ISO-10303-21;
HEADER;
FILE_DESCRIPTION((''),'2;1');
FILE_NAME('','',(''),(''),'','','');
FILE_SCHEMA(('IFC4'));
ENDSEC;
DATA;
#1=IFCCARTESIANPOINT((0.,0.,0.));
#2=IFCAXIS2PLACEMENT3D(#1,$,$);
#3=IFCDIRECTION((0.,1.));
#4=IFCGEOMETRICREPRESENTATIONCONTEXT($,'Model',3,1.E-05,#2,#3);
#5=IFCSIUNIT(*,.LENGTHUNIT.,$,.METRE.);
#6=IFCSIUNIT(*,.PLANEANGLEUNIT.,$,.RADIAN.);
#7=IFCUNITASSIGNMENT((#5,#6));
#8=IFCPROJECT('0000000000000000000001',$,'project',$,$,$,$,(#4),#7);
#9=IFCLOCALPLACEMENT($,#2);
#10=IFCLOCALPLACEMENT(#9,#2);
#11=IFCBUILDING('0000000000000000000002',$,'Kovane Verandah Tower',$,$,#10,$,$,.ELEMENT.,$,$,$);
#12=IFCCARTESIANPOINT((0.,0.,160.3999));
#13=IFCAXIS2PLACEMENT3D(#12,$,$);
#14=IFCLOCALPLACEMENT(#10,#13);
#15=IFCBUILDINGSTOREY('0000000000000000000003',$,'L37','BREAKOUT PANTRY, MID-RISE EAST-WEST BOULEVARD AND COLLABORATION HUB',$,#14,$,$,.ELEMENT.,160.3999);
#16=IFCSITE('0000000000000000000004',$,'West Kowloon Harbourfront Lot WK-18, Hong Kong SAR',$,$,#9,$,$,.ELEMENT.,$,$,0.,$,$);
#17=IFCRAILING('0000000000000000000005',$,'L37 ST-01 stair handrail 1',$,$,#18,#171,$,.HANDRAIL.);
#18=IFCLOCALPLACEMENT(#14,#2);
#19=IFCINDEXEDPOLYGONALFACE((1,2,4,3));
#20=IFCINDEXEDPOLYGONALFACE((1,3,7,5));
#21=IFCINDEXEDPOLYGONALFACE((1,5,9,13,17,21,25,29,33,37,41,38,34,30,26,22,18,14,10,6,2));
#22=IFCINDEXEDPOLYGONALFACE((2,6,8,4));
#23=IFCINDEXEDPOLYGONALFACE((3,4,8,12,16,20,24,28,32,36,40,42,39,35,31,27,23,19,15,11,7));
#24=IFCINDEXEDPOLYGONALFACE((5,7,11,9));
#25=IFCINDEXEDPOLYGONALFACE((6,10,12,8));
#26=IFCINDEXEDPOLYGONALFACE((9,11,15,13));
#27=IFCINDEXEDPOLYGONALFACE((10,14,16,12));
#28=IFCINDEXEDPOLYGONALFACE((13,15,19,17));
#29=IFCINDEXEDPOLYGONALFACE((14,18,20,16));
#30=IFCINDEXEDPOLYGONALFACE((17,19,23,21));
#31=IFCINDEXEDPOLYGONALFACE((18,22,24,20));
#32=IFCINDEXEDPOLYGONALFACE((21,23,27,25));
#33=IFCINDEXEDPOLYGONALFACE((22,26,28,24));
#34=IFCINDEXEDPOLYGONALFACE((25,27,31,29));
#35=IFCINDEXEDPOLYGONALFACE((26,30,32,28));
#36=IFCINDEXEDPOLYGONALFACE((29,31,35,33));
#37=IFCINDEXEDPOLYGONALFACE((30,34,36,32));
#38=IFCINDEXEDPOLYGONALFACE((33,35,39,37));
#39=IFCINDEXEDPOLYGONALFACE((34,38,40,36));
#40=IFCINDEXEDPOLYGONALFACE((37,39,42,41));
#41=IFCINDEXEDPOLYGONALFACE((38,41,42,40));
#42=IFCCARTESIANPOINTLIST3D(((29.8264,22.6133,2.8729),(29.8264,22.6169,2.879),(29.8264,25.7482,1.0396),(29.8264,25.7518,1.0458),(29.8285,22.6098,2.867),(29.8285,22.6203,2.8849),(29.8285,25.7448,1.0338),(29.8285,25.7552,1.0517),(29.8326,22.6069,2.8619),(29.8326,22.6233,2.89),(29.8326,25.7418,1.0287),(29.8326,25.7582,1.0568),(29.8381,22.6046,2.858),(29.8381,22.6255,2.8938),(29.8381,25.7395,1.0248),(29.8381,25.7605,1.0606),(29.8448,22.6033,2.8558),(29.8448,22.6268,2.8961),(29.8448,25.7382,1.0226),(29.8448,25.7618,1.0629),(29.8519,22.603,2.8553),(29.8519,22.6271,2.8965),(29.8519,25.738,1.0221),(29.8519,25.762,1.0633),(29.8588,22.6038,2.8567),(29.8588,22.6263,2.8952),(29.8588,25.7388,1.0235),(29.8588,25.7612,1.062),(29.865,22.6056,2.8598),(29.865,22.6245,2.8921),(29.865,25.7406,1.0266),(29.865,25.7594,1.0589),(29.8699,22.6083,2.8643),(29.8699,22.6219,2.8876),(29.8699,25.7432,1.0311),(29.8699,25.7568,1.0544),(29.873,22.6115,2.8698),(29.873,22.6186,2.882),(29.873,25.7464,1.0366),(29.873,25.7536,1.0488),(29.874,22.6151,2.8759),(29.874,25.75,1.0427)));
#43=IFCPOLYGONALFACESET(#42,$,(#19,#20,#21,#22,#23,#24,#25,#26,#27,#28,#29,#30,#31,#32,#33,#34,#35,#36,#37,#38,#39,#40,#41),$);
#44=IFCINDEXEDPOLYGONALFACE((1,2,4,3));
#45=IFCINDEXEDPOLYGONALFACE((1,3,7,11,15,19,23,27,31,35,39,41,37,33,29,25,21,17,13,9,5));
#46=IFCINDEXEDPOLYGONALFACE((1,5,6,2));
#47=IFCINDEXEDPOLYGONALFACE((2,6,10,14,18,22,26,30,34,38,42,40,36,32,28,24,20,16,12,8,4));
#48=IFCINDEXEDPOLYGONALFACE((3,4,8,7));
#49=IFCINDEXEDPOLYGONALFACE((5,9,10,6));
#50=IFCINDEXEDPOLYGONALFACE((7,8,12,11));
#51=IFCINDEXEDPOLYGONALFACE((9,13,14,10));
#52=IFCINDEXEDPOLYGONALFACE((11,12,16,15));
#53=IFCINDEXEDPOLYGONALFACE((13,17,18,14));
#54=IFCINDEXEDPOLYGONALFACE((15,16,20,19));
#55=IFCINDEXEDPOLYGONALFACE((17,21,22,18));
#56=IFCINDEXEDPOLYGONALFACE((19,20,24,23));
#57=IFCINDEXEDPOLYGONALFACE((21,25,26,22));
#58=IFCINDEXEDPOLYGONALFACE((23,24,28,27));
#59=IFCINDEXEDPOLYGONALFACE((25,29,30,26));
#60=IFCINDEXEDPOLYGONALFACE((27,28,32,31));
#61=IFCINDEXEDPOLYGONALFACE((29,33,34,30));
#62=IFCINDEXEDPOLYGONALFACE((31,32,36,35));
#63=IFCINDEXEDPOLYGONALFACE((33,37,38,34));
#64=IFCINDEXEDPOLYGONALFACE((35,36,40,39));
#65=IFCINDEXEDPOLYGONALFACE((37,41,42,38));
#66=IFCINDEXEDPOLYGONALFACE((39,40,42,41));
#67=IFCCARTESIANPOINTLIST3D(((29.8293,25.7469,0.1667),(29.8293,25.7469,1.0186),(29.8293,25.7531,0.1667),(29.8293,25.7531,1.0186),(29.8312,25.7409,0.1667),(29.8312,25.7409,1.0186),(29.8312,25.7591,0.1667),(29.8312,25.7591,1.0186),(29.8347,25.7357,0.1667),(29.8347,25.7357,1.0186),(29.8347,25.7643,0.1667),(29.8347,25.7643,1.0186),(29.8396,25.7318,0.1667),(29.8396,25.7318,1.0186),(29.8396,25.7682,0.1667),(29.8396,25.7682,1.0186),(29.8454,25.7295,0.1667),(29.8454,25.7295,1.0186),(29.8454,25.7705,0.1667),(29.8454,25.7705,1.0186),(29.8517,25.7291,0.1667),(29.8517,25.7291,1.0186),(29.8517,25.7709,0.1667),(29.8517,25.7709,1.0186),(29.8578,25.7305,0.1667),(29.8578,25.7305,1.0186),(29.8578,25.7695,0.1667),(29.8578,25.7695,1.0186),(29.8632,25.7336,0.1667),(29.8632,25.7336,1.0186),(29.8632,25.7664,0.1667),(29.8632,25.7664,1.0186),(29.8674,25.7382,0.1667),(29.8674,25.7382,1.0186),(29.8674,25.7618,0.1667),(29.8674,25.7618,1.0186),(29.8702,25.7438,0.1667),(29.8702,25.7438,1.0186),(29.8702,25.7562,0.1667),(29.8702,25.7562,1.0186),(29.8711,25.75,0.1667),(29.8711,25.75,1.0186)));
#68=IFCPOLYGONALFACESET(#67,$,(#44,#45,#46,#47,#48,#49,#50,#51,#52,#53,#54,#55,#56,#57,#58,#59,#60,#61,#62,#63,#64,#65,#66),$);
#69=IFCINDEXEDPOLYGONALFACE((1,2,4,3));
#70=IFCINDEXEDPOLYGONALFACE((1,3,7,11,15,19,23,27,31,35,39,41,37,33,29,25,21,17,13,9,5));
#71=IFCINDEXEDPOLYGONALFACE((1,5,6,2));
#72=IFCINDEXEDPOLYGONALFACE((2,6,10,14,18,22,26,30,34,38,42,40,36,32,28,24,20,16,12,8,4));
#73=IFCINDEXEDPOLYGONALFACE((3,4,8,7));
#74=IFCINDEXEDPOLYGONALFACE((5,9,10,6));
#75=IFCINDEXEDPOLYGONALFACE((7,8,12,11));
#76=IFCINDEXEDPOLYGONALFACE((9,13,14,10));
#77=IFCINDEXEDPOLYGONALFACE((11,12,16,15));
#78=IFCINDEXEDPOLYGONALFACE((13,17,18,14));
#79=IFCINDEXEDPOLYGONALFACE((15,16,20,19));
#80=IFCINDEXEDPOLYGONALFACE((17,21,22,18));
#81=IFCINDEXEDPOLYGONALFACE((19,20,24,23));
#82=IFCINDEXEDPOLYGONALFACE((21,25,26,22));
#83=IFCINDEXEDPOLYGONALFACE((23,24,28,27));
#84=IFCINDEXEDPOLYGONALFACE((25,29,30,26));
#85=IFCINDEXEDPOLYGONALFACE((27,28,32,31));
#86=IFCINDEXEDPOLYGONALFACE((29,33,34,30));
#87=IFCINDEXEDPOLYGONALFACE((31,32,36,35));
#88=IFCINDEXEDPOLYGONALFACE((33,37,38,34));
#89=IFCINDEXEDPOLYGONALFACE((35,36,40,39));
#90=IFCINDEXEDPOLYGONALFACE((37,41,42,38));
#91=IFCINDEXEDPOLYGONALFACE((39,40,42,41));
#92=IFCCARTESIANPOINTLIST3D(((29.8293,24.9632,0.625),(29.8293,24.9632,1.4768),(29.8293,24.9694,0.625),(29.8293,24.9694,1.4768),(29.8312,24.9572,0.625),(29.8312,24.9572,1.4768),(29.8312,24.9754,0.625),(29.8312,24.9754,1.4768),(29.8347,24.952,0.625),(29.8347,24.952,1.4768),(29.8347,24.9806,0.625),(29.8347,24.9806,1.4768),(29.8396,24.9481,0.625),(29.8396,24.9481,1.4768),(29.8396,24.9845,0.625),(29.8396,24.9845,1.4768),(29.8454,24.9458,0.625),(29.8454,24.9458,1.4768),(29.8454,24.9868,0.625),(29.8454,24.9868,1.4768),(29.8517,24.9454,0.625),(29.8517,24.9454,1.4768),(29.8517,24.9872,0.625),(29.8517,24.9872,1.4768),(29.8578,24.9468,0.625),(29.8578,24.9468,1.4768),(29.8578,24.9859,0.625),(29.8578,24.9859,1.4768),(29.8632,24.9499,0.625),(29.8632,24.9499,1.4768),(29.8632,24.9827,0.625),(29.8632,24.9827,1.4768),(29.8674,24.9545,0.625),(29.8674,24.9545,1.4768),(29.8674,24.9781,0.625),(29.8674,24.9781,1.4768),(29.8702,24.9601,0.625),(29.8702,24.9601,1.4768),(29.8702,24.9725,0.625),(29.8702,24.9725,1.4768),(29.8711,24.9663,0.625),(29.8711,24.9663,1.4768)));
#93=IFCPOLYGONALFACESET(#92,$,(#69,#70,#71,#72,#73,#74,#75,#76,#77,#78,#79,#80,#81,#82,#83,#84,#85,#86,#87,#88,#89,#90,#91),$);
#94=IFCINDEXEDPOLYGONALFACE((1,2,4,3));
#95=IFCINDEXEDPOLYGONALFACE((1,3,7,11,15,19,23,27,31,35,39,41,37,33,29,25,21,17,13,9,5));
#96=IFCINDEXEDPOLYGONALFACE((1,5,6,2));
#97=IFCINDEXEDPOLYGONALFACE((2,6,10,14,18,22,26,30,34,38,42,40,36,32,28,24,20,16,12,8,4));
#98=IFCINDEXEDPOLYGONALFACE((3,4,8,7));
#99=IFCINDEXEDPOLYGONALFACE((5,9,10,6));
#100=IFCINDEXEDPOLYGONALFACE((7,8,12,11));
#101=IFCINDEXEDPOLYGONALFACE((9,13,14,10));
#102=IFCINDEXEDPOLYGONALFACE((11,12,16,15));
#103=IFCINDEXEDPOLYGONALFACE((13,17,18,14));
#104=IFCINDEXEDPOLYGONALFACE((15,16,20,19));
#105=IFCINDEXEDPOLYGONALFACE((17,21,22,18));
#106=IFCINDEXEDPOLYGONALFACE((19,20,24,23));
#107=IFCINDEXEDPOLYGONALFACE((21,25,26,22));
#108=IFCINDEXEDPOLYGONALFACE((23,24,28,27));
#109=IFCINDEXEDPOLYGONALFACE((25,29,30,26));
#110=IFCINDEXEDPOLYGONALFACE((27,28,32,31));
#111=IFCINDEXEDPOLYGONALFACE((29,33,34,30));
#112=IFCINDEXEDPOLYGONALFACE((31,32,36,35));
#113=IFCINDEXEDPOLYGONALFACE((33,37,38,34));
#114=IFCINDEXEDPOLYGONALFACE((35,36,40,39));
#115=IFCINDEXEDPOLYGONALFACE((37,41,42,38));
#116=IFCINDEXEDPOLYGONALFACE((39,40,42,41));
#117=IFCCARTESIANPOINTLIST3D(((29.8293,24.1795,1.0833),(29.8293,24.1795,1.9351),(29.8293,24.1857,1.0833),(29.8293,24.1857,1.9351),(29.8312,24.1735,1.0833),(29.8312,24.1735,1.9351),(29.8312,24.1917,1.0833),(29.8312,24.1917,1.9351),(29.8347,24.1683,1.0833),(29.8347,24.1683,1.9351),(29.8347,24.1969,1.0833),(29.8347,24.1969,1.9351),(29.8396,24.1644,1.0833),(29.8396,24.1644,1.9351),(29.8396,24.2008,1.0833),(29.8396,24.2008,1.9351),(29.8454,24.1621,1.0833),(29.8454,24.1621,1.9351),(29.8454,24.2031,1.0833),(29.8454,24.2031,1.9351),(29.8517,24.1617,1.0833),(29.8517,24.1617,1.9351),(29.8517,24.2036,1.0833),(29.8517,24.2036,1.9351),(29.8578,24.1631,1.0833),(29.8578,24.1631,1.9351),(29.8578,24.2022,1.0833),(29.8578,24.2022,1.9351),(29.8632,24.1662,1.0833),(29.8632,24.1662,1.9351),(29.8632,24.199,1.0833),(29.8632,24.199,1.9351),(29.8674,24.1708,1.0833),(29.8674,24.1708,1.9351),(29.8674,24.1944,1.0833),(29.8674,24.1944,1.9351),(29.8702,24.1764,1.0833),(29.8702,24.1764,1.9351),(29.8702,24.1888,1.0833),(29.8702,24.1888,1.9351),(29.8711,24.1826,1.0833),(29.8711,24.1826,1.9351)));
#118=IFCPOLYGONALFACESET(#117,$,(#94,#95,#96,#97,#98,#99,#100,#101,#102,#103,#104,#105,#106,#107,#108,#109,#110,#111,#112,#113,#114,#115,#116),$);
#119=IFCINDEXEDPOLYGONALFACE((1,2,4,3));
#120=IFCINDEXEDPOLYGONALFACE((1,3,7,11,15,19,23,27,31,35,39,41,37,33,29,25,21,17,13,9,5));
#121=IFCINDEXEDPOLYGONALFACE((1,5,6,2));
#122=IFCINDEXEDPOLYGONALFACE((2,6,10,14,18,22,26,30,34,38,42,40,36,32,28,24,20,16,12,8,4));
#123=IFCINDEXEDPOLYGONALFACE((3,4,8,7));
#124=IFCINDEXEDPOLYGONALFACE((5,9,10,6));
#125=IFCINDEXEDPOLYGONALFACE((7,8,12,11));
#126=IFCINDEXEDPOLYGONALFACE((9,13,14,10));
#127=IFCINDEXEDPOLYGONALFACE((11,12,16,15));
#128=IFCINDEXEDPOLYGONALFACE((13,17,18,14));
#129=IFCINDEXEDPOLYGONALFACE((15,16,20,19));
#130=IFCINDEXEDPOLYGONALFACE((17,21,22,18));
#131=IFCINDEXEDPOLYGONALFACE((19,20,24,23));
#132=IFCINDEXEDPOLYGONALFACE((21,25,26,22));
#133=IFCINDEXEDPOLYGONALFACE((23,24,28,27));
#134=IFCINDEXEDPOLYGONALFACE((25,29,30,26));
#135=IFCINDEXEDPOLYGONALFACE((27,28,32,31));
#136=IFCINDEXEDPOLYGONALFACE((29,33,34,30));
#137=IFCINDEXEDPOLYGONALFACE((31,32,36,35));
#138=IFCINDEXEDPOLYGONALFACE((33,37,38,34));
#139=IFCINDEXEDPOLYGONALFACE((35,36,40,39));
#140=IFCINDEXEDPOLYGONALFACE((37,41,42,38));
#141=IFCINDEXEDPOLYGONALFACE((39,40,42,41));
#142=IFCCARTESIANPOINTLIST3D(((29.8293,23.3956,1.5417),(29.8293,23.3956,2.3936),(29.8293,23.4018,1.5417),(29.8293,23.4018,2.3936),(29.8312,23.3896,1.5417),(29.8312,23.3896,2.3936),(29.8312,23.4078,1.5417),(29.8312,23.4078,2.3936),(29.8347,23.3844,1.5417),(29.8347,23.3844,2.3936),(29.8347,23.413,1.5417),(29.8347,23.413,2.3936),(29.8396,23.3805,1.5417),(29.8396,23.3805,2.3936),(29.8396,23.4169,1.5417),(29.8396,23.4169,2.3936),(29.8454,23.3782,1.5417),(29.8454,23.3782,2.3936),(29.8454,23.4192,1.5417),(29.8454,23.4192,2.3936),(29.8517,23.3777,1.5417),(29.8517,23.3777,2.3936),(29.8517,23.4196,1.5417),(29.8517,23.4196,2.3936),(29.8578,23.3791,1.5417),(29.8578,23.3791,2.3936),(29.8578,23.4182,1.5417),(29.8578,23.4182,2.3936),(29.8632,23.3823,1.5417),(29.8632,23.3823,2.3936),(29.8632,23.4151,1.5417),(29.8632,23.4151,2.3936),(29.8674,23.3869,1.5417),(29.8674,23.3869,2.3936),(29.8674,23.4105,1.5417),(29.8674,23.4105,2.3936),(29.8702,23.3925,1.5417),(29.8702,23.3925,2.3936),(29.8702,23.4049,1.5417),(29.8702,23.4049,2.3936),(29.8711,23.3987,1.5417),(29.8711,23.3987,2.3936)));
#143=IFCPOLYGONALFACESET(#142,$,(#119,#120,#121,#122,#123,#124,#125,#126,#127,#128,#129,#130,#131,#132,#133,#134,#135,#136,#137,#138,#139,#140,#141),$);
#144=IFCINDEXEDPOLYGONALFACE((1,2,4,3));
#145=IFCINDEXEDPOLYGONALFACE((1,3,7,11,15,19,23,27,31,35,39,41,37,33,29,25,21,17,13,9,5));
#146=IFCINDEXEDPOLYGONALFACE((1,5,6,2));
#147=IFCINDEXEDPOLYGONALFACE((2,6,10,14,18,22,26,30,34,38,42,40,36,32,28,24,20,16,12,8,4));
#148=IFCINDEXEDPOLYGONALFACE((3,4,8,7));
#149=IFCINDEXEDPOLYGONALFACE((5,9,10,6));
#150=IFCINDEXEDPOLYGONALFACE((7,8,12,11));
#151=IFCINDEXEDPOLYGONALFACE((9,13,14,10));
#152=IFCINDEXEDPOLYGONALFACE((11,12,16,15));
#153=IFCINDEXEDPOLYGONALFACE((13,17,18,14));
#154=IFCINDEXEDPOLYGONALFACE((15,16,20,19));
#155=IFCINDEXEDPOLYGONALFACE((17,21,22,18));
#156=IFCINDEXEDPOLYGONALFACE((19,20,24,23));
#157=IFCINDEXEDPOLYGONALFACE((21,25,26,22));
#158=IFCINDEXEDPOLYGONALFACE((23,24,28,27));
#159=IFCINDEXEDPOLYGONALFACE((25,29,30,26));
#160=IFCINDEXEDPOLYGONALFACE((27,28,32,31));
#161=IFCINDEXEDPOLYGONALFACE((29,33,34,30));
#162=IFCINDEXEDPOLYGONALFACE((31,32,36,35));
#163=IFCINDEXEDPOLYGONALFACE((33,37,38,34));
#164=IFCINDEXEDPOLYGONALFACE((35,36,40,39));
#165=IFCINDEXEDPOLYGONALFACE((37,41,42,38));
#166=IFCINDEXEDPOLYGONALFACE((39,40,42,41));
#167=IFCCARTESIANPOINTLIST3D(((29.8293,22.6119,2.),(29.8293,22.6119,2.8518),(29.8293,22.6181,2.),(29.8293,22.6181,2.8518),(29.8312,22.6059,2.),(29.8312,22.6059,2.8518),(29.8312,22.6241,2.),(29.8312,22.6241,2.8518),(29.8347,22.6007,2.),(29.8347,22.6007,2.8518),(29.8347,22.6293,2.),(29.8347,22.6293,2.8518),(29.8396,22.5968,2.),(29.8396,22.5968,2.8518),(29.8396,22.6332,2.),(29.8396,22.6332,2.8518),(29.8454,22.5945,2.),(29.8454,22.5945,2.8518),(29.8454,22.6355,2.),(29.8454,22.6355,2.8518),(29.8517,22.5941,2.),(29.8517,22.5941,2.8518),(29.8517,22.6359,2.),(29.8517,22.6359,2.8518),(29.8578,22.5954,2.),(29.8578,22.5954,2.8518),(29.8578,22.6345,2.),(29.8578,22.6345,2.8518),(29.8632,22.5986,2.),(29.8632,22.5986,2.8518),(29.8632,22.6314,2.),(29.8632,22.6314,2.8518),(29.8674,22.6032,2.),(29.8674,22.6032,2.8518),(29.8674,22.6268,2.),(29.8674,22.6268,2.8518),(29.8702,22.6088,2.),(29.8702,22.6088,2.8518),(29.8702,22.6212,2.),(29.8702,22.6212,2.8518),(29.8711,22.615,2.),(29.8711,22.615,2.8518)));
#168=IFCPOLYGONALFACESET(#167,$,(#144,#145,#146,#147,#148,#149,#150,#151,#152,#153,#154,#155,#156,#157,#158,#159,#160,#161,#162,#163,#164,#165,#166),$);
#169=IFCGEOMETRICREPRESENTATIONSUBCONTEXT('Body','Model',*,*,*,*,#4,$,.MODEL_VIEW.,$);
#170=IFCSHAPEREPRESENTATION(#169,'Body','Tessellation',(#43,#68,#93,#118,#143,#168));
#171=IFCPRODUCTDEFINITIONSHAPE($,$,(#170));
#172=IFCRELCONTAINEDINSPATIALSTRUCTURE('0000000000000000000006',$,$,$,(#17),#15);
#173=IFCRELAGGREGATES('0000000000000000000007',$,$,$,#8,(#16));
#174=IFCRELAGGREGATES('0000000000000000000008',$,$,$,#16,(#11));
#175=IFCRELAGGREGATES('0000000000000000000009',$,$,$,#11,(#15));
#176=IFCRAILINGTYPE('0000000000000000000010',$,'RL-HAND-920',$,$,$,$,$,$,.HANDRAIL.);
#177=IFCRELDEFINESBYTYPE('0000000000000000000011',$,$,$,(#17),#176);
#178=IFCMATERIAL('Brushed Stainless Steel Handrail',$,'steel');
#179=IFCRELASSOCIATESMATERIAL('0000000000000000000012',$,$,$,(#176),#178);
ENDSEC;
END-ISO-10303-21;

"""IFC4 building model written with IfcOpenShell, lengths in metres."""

from ifc_helpers import new_model, si_unit, direction, frame, origin, origin_2d, place, context, subcontext, project, spatial, circle, extrude, material, type_object, element, save


model = new_model("IFC4")

# Units and contexts
model_context = context("Model", 3, precision=1e-05, world=origin(), true_north=direction((0.0, 1.0)))
body_context = subcontext(model_context, "Body", "Model", "MODEL_VIEW")
ifc_project = project(units=[si_unit("LENGTHUNIT", "METRE"), si_unit("PLANEANGLEUNIT", "RADIAN")], contexts=[model_context])

# Site, building, storey
site_placement = place(None, origin())
site = spatial("IfcSite", under=ifc_project, at=site_placement, Name="West Kowloon Harbourfront Lot WK-18, Hong Kong SAR", CompositionType="ELEMENT", RefElevation=0.0)
building_placement = place(site_placement, origin())
building = spatial("IfcBuilding", under=site, at=building_placement, Name="Kovane Verandah Tower", CompositionType="ELEMENT")
storey_placement = place(building_placement, frame((0.0, 0.0, 160.3999)))
storey = spatial("IfcBuildingStorey", under=building, at=storey_placement, Name="L37", Description="BREAKOUT PANTRY, MID-RISE EAST-WEST BOULEVARD AND COLLABORATION HUB", CompositionType="ELEMENT", Elevation=160.3999)

# Railing
ifc_material_1 = material(Name="Brushed Stainless Steel Handrail", Category="steel")
railing_type_1 = type_object("IfcRailingType", Name="RL-HAND-920", PredefinedType="HANDRAIL", material=ifc_material_1)
railing_1_placement = place(storey_placement, frame((29.8501, 25.75, 0.1667)))
element("IfcRailing", 1, at=railing_1_placement, inside=storey, type_object=railing_type_1, Name="L37 ST-01 stair handrail 1", PredefinedType="HANDRAIL", context=body_context, shape_type="SweptSolid", body=[
    extrude(circle(Radius=0.0239, at=origin_2d()), frame((0.0, 0.0, 0.876), z_axis=(0.0, -0.86324, 0.504794), x_axis=(1.0, 0.0, 0.0)), (0.0, 0.0, 1.0), 3.6316),
    extrude(circle(Radius=0.021, at=origin_2d()), origin(), (0.0, 0.0, 1.0), 0.8518),
    extrude(circle(Radius=0.021, at=origin_2d()), frame((0.0, -0.7837, 0.4583)), (0.0, 0.0, 1.0), 0.8518),
    extrude(circle(Radius=0.021, at=origin_2d()), frame((0.0, -1.5674, 0.9165)), (0.0, 0.0, 1.0), 0.8518),
    extrude(circle(Radius=0.021, at=origin_2d()), frame((0.0, -2.3513, 1.375)), (0.0, 0.0, 1.0), 0.8518),
    extrude(circle(Radius=0.021, at=origin_2d()), frame((0.0, -3.135, 1.8333)), (0.0, 0.0, 1.0), 0.8518),
])

save(model, "model.ifc")
